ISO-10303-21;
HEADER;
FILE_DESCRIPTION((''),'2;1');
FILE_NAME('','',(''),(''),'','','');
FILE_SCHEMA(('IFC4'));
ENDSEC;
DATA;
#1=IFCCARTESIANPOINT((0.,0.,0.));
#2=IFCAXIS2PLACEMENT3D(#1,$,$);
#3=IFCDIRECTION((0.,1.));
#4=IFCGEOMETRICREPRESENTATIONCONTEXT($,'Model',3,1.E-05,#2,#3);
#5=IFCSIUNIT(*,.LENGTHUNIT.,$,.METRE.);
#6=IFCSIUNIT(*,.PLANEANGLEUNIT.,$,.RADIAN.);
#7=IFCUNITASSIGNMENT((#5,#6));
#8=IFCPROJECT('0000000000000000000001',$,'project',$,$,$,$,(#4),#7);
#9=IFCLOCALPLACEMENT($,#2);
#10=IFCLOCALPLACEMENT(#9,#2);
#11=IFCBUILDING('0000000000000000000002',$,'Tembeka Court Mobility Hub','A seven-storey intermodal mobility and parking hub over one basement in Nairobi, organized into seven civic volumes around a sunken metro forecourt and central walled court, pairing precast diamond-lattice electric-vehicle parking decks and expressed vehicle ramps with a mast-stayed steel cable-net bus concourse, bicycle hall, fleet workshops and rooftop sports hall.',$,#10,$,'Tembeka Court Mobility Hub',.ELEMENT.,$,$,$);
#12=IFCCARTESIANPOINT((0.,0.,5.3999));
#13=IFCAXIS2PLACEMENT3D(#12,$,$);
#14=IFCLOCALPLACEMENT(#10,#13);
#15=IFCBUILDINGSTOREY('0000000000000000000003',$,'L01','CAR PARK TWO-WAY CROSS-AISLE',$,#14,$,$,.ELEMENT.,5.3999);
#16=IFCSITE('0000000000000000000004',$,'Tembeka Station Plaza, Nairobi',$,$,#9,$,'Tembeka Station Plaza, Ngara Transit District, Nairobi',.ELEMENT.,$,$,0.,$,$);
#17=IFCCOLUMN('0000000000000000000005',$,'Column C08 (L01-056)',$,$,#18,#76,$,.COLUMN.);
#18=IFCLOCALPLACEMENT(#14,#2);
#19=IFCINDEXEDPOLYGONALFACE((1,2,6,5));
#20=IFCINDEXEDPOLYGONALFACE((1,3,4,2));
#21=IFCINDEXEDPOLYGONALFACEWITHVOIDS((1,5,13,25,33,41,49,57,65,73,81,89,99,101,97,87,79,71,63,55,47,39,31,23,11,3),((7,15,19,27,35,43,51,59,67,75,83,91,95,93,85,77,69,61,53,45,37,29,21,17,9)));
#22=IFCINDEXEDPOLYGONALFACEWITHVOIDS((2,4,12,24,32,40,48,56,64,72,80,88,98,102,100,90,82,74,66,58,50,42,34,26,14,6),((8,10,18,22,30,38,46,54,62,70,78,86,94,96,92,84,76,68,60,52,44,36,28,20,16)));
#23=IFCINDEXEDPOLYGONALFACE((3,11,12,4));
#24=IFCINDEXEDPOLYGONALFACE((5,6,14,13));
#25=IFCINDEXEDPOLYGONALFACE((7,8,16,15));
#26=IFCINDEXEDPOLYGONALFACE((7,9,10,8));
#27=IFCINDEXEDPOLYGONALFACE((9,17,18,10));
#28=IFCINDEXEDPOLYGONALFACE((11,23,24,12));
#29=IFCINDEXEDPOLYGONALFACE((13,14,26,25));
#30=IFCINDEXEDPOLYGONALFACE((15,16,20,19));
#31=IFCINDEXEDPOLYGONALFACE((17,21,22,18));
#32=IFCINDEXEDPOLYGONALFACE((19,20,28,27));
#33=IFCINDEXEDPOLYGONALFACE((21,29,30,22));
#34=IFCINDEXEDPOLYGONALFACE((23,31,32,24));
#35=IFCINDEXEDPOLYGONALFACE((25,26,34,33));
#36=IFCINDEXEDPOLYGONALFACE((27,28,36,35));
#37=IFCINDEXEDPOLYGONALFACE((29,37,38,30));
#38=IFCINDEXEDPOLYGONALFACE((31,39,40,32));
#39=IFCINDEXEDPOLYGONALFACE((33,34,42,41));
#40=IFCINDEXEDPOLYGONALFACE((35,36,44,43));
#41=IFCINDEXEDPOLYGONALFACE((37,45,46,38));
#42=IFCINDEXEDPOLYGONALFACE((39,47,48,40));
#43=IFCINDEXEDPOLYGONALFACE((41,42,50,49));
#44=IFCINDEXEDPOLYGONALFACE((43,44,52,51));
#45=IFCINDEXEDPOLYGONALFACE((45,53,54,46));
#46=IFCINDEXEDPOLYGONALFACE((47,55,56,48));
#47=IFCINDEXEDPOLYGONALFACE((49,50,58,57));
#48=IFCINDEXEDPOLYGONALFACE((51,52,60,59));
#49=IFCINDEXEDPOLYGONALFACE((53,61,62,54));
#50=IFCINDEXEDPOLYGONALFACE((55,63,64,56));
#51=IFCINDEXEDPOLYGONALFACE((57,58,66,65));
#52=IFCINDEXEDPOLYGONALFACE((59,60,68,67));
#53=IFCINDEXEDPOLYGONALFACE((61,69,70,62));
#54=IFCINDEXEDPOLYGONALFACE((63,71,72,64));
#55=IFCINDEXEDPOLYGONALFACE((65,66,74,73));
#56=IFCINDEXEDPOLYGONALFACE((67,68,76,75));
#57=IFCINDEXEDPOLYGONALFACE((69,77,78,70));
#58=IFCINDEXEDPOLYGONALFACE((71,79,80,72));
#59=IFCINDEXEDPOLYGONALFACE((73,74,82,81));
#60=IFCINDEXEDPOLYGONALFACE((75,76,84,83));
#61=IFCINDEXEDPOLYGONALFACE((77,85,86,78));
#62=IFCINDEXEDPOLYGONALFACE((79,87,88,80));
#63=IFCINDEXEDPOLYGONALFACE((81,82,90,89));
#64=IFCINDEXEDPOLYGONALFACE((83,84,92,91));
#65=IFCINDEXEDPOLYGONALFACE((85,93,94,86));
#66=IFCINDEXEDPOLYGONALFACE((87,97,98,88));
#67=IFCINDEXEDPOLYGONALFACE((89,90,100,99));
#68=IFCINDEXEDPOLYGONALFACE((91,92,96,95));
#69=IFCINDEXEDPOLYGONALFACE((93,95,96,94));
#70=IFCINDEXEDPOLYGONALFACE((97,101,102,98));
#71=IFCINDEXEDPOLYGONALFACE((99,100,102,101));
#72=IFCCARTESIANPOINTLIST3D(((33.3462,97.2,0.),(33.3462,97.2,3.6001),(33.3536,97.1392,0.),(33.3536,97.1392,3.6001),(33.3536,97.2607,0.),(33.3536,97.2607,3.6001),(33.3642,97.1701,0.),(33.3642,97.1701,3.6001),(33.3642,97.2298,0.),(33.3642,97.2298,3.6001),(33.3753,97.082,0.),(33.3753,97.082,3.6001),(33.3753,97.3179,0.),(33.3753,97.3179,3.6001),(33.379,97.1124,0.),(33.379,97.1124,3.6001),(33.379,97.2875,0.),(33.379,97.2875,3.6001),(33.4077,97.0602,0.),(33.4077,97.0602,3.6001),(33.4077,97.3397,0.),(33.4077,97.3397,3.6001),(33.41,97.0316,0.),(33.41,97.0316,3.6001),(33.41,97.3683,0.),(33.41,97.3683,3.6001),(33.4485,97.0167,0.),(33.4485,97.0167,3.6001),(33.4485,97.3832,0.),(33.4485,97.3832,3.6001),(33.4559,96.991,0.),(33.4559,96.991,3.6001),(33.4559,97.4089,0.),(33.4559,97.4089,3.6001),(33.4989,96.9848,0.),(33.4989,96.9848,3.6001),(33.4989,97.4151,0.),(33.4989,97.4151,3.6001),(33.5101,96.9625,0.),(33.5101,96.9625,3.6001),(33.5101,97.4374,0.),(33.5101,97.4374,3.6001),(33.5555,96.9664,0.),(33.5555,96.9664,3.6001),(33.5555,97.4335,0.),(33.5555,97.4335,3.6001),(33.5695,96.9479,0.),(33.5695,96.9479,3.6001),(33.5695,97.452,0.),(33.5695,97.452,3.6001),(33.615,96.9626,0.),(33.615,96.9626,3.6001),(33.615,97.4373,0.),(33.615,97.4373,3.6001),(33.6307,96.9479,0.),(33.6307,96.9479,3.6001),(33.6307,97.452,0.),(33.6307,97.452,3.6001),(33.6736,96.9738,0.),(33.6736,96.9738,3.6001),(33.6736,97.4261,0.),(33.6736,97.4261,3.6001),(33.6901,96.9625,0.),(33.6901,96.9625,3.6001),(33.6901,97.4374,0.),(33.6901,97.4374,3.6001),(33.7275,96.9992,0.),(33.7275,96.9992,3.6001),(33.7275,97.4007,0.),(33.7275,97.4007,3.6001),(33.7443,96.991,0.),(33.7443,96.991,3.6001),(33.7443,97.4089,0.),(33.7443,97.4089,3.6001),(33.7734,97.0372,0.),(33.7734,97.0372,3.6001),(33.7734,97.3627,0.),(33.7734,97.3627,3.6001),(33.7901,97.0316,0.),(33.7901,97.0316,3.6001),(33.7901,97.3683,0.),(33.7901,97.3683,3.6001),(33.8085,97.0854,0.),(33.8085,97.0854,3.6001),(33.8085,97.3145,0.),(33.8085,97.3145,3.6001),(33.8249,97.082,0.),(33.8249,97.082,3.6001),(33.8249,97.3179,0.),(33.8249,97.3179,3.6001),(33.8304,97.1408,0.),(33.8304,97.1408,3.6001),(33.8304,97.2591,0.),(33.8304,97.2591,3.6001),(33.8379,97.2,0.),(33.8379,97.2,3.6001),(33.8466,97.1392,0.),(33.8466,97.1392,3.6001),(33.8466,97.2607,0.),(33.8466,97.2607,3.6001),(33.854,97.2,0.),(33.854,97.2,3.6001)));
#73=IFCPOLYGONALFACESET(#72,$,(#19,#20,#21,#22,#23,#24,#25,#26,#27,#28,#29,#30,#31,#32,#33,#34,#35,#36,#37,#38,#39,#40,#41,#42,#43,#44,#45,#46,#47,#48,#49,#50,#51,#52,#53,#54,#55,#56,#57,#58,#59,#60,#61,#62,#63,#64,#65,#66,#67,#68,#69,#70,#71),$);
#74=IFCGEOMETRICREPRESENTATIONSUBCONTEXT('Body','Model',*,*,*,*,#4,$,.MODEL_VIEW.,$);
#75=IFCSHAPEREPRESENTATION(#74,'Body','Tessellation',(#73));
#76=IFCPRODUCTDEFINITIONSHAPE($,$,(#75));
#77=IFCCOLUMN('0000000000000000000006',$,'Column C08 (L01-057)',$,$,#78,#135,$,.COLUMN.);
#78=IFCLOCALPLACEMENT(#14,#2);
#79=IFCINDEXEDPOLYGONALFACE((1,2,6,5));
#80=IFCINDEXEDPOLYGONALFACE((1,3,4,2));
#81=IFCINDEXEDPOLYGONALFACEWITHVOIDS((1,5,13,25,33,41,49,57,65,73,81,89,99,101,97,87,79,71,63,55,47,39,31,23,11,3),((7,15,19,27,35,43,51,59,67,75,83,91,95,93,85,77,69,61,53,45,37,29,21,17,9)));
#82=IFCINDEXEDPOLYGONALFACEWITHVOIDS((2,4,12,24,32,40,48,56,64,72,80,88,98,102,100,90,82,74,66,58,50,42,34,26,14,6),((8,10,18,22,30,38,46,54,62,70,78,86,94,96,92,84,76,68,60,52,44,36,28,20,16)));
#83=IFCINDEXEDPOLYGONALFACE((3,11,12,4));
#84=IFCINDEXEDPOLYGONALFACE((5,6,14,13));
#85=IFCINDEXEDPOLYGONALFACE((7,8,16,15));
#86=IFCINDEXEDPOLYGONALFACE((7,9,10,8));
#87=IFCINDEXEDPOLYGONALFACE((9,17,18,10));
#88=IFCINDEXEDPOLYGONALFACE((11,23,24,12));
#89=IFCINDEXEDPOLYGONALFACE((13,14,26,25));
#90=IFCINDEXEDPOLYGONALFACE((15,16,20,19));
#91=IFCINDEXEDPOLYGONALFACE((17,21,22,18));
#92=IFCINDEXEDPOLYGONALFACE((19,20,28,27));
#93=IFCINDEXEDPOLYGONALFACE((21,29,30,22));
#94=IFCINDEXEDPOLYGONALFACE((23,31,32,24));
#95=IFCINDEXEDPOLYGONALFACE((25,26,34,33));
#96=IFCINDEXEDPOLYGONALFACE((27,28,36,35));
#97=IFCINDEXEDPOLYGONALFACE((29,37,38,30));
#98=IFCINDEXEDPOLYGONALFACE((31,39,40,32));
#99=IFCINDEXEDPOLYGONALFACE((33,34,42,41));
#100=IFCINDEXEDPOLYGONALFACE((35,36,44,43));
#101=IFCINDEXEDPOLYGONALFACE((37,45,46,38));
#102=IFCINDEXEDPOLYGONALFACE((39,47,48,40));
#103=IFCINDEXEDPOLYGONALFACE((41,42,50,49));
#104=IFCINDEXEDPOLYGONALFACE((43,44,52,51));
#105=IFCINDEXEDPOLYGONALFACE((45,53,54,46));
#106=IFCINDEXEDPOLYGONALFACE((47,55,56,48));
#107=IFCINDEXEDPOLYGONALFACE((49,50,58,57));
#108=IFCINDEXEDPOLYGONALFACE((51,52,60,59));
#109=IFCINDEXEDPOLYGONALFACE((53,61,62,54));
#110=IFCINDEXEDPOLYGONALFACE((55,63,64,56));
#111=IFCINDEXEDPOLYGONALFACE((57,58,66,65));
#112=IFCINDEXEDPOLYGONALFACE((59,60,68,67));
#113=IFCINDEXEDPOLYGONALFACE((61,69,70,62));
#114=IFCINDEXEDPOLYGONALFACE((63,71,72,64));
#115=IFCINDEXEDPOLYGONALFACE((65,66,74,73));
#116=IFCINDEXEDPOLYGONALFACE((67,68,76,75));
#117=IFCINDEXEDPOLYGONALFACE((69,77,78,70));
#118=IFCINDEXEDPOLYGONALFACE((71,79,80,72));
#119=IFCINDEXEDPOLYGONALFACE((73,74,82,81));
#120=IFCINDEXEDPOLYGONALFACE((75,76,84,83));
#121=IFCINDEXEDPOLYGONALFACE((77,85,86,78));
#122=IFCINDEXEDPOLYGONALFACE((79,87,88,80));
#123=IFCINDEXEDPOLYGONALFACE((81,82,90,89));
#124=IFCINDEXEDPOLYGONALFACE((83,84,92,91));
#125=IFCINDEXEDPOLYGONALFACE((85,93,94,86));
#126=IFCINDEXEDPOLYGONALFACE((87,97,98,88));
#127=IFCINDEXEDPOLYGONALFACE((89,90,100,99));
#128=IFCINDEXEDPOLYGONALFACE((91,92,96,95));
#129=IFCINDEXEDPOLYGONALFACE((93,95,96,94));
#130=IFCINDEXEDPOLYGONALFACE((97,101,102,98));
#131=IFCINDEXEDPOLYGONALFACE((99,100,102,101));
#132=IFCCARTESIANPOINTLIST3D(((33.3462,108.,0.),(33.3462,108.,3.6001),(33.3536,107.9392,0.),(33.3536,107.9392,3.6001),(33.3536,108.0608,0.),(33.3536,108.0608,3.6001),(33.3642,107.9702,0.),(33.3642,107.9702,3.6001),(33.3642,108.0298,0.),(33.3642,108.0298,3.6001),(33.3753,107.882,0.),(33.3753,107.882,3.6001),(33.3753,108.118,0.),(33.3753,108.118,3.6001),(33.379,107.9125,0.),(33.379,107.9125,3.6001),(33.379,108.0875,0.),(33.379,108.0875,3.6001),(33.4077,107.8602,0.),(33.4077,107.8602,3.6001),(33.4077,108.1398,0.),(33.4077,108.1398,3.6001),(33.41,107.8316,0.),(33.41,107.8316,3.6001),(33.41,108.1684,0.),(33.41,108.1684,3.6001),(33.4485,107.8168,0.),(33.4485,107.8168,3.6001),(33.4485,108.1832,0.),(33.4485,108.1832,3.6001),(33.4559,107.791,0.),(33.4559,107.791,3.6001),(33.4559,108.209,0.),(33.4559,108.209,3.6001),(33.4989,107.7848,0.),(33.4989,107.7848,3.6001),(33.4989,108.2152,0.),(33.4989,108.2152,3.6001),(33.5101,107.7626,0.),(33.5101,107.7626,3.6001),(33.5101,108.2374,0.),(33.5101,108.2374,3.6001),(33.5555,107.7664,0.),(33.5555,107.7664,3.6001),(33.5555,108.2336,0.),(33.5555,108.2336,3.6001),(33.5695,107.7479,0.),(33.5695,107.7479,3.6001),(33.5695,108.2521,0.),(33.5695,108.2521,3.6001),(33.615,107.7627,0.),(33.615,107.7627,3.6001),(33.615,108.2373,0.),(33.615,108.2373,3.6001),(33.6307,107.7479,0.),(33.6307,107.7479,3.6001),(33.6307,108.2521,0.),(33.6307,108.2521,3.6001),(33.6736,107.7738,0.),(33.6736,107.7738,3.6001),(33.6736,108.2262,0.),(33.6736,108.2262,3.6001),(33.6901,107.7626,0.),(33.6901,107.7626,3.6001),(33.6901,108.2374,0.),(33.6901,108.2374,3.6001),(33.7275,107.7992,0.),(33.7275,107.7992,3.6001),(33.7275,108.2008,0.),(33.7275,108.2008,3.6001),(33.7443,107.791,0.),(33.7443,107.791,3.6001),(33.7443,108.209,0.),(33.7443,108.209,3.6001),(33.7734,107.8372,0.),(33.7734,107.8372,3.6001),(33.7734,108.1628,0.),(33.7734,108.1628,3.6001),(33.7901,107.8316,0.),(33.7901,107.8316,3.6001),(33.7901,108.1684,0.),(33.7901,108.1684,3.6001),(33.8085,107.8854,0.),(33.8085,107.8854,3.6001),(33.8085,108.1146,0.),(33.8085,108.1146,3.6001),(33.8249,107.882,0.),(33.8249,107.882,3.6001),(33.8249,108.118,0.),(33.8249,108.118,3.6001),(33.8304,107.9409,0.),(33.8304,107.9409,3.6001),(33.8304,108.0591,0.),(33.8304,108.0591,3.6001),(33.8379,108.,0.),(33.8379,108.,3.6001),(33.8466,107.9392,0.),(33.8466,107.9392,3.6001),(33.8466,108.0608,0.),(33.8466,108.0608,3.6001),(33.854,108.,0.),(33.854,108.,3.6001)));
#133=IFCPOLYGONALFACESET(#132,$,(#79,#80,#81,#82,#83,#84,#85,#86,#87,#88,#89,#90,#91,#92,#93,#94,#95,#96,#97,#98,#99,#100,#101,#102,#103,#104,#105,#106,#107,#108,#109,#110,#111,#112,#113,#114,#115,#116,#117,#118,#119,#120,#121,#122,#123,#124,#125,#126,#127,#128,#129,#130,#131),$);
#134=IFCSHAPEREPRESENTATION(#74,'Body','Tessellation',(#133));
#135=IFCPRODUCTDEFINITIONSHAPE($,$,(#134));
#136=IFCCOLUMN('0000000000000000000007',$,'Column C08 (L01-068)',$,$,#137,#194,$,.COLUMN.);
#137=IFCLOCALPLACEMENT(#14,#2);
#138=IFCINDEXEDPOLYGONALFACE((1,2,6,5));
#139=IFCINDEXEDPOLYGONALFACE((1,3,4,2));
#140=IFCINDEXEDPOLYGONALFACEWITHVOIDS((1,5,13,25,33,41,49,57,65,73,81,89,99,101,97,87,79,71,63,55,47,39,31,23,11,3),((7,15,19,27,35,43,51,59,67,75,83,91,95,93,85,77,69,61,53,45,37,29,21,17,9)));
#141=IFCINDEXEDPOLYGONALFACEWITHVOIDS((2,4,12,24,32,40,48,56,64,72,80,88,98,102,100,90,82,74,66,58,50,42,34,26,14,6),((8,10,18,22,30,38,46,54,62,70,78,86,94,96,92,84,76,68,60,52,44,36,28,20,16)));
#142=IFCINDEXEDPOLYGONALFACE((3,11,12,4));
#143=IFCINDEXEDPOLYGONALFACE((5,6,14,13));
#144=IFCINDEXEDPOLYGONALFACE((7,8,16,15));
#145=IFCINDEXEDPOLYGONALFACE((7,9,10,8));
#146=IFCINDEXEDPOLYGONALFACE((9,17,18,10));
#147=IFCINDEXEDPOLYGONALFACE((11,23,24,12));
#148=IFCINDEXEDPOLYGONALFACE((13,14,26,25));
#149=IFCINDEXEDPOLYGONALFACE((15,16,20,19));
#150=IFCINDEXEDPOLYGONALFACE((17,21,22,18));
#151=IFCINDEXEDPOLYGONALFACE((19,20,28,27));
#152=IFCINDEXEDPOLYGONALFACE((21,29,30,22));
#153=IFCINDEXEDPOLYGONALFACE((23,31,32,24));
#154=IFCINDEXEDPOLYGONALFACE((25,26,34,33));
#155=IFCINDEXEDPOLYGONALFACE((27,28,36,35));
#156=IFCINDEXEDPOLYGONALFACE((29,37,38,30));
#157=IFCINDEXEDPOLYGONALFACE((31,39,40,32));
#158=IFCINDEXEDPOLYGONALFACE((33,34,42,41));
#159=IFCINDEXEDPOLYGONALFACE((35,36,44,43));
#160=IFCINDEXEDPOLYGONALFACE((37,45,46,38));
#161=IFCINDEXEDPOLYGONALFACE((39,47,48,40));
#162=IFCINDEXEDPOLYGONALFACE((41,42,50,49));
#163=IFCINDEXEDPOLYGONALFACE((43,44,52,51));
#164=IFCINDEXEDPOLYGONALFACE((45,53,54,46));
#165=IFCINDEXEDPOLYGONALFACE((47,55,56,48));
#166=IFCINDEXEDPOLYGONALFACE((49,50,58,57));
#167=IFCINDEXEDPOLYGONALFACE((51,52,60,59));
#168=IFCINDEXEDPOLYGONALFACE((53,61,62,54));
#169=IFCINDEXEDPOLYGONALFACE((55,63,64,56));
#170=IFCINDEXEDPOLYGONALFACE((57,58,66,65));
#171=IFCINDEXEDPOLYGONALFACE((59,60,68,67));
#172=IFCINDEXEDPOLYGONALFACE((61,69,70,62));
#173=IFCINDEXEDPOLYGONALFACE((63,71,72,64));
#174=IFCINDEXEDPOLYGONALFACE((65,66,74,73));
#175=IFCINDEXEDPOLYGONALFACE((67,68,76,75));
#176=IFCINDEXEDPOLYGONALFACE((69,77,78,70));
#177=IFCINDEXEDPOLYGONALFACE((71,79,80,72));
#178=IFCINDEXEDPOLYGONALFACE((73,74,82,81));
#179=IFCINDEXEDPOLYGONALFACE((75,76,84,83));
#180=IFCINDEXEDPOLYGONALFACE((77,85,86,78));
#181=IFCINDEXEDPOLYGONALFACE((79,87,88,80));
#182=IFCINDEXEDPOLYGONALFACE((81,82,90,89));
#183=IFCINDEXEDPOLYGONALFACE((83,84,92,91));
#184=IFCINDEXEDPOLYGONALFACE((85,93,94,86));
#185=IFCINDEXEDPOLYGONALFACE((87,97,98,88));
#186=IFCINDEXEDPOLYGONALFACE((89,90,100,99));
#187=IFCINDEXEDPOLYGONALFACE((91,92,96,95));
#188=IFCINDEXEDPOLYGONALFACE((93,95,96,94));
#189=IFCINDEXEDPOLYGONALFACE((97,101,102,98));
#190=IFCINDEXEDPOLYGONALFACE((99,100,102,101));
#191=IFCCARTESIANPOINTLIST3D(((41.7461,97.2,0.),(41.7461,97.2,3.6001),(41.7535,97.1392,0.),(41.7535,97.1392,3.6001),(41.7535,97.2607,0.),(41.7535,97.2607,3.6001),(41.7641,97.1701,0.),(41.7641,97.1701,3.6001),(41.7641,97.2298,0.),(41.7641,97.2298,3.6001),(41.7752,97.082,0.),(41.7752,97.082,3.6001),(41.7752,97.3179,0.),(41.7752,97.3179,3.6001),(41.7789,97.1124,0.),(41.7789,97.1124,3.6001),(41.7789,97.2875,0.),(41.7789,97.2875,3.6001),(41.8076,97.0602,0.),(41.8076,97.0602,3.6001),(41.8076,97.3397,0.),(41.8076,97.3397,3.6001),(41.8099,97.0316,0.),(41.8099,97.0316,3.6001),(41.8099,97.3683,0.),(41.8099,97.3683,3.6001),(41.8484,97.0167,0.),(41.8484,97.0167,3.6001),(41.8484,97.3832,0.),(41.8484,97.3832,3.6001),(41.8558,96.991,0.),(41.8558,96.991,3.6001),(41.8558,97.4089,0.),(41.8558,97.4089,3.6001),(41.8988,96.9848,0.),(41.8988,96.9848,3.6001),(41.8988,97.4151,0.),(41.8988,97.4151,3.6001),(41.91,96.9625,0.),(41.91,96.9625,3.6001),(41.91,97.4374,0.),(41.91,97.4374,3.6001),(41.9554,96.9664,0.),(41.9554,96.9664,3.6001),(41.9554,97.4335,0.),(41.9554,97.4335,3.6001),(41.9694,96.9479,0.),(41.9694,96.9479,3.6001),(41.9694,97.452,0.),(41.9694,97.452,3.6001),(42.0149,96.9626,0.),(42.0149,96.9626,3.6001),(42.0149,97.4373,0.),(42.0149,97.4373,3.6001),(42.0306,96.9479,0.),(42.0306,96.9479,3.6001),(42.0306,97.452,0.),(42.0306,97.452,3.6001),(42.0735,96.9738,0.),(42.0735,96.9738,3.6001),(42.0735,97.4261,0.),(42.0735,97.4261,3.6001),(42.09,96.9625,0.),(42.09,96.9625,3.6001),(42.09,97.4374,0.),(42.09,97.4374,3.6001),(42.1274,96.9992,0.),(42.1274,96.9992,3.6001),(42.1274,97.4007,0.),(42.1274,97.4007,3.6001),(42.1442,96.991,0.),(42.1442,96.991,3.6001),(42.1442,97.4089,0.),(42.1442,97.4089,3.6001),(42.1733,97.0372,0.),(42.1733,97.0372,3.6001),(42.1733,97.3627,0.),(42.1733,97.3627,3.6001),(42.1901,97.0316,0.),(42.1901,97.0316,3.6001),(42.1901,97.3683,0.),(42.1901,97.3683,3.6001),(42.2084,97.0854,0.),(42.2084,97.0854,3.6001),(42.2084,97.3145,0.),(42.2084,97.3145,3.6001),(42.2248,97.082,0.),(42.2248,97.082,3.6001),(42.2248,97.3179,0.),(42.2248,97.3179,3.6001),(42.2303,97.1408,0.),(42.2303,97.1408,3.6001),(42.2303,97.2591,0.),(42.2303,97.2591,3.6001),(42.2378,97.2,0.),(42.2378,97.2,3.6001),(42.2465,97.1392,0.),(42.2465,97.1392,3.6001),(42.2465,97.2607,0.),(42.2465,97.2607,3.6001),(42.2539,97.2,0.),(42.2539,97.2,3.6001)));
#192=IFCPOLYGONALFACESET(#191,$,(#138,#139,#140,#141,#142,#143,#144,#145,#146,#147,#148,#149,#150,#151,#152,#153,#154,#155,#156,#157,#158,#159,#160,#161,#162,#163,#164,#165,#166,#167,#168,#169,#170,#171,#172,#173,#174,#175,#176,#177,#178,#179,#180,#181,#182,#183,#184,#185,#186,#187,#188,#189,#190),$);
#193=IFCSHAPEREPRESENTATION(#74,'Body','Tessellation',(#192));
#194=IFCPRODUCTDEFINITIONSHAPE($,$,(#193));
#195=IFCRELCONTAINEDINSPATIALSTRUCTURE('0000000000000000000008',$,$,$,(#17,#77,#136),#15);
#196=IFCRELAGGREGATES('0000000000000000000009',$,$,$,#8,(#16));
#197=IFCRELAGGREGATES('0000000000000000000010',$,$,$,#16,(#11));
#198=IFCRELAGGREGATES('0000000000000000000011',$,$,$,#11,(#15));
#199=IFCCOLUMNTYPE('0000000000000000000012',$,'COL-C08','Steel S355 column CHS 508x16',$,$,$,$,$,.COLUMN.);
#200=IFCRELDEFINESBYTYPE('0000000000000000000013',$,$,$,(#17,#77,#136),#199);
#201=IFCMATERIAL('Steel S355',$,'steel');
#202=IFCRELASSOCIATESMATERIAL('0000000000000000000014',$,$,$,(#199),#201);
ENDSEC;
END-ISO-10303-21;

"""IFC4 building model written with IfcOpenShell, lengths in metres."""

from ifc_helpers import new_model, si_unit, direction, frame, origin, origin_2d, place, context, subcontext, project, spatial, hollow_circle, extrude, material, material_profile, profile_set, type_object, element, save


model = new_model("IFC4")

# Units and contexts
model_context = context("Model", 3, precision=1e-05, world=origin(), true_north=direction((0.0, 1.0)))
body_context = subcontext(model_context, "Body", "Model", "MODEL_VIEW")
ifc_project = project(units=[si_unit("LENGTHUNIT", "METRE"), si_unit("PLANEANGLEUNIT", "RADIAN")], contexts=[model_context])

# Site, building, storey
site_placement = place(None, origin())
site = spatial("IfcSite", under=ifc_project, at=site_placement, Name="Tembeka Station Plaza, Nairobi", LongName="Tembeka Station Plaza, Ngara Transit District, Nairobi", CompositionType="ELEMENT", RefElevation=0.0)
building_placement = place(site_placement, origin())
building = spatial("IfcBuilding", under=site, at=building_placement, Name="Tembeka Court Mobility Hub", Description="A seven-storey intermodal mobility and parking hub over one basement in Nairobi, organized into seven civic volumes around a sunken metro forecourt and central walled court, pairing precast diamond-lattice electric-vehicle parking decks and expressed vehicle ramps with a mast-stayed steel cable-net bus concourse, bicycle hall, fleet workshops and rooftop sports hall.", LongName="Tembeka Court Mobility Hub", CompositionType="ELEMENT")
storey_placement = place(building_placement, frame((0.0, 0.0, 5.3999)))
storey = spatial("IfcBuildingStorey", under=building, at=storey_placement, Name="L01", Description="CAR PARK TWO-WAY CROSS-AISLE", CompositionType="ELEMENT", Elevation=5.3999)

# Columns
ifc_material_1 = material(Name="Steel S355", Category="steel")
ifc_material_profile_1 = material_profile(ifc_material_1, hollow_circle(Radius=0.2539, WallThickness=0.0161, at=origin_2d()), Name="CHS 508x16")
ifc_profile_set_1 = profile_set([ifc_material_profile_1], Name="Steel S355")
column_type = type_object("IfcColumnType", Name="COL-C08", Description="Steel S355 column CHS 508x16", PredefinedType="COLUMN", material=ifc_profile_set_1)
for number, where, z_axis, x_axis, name in (
    (1, (33.6001, 97.2, 0.0), (0.0, 0.0, 1.0), (1.0, 0.0, 0.0), "Column C08 (L01-056)"),
    (2, (33.6001, 108.0, 0.0), (0.0, 0.0, 1.0), (1.0, 0.0, 0.0), "Column C08 (L01-057)"),
    (3, (42.0, 97.2, 0.0), (0.0, 0.0, 1.0), (1.0, 0.0, 0.0), "Column C08 (L01-068)"),
):
    element("IfcColumn", number, at=place(storey_placement, frame(where, z_axis=z_axis, x_axis=x_axis)), inside=storey, type_object=column_type, Name=name, PredefinedType="COLUMN", context=body_context, shape_type="SweptSolid", body=[
        extrude(hollow_circle(Radius=0.2539, WallThickness=0.0161, at=origin_2d()), origin(), (0.0, 0.0, 1.0), 3.6001),
    ])

save(model, "model.ifc")
